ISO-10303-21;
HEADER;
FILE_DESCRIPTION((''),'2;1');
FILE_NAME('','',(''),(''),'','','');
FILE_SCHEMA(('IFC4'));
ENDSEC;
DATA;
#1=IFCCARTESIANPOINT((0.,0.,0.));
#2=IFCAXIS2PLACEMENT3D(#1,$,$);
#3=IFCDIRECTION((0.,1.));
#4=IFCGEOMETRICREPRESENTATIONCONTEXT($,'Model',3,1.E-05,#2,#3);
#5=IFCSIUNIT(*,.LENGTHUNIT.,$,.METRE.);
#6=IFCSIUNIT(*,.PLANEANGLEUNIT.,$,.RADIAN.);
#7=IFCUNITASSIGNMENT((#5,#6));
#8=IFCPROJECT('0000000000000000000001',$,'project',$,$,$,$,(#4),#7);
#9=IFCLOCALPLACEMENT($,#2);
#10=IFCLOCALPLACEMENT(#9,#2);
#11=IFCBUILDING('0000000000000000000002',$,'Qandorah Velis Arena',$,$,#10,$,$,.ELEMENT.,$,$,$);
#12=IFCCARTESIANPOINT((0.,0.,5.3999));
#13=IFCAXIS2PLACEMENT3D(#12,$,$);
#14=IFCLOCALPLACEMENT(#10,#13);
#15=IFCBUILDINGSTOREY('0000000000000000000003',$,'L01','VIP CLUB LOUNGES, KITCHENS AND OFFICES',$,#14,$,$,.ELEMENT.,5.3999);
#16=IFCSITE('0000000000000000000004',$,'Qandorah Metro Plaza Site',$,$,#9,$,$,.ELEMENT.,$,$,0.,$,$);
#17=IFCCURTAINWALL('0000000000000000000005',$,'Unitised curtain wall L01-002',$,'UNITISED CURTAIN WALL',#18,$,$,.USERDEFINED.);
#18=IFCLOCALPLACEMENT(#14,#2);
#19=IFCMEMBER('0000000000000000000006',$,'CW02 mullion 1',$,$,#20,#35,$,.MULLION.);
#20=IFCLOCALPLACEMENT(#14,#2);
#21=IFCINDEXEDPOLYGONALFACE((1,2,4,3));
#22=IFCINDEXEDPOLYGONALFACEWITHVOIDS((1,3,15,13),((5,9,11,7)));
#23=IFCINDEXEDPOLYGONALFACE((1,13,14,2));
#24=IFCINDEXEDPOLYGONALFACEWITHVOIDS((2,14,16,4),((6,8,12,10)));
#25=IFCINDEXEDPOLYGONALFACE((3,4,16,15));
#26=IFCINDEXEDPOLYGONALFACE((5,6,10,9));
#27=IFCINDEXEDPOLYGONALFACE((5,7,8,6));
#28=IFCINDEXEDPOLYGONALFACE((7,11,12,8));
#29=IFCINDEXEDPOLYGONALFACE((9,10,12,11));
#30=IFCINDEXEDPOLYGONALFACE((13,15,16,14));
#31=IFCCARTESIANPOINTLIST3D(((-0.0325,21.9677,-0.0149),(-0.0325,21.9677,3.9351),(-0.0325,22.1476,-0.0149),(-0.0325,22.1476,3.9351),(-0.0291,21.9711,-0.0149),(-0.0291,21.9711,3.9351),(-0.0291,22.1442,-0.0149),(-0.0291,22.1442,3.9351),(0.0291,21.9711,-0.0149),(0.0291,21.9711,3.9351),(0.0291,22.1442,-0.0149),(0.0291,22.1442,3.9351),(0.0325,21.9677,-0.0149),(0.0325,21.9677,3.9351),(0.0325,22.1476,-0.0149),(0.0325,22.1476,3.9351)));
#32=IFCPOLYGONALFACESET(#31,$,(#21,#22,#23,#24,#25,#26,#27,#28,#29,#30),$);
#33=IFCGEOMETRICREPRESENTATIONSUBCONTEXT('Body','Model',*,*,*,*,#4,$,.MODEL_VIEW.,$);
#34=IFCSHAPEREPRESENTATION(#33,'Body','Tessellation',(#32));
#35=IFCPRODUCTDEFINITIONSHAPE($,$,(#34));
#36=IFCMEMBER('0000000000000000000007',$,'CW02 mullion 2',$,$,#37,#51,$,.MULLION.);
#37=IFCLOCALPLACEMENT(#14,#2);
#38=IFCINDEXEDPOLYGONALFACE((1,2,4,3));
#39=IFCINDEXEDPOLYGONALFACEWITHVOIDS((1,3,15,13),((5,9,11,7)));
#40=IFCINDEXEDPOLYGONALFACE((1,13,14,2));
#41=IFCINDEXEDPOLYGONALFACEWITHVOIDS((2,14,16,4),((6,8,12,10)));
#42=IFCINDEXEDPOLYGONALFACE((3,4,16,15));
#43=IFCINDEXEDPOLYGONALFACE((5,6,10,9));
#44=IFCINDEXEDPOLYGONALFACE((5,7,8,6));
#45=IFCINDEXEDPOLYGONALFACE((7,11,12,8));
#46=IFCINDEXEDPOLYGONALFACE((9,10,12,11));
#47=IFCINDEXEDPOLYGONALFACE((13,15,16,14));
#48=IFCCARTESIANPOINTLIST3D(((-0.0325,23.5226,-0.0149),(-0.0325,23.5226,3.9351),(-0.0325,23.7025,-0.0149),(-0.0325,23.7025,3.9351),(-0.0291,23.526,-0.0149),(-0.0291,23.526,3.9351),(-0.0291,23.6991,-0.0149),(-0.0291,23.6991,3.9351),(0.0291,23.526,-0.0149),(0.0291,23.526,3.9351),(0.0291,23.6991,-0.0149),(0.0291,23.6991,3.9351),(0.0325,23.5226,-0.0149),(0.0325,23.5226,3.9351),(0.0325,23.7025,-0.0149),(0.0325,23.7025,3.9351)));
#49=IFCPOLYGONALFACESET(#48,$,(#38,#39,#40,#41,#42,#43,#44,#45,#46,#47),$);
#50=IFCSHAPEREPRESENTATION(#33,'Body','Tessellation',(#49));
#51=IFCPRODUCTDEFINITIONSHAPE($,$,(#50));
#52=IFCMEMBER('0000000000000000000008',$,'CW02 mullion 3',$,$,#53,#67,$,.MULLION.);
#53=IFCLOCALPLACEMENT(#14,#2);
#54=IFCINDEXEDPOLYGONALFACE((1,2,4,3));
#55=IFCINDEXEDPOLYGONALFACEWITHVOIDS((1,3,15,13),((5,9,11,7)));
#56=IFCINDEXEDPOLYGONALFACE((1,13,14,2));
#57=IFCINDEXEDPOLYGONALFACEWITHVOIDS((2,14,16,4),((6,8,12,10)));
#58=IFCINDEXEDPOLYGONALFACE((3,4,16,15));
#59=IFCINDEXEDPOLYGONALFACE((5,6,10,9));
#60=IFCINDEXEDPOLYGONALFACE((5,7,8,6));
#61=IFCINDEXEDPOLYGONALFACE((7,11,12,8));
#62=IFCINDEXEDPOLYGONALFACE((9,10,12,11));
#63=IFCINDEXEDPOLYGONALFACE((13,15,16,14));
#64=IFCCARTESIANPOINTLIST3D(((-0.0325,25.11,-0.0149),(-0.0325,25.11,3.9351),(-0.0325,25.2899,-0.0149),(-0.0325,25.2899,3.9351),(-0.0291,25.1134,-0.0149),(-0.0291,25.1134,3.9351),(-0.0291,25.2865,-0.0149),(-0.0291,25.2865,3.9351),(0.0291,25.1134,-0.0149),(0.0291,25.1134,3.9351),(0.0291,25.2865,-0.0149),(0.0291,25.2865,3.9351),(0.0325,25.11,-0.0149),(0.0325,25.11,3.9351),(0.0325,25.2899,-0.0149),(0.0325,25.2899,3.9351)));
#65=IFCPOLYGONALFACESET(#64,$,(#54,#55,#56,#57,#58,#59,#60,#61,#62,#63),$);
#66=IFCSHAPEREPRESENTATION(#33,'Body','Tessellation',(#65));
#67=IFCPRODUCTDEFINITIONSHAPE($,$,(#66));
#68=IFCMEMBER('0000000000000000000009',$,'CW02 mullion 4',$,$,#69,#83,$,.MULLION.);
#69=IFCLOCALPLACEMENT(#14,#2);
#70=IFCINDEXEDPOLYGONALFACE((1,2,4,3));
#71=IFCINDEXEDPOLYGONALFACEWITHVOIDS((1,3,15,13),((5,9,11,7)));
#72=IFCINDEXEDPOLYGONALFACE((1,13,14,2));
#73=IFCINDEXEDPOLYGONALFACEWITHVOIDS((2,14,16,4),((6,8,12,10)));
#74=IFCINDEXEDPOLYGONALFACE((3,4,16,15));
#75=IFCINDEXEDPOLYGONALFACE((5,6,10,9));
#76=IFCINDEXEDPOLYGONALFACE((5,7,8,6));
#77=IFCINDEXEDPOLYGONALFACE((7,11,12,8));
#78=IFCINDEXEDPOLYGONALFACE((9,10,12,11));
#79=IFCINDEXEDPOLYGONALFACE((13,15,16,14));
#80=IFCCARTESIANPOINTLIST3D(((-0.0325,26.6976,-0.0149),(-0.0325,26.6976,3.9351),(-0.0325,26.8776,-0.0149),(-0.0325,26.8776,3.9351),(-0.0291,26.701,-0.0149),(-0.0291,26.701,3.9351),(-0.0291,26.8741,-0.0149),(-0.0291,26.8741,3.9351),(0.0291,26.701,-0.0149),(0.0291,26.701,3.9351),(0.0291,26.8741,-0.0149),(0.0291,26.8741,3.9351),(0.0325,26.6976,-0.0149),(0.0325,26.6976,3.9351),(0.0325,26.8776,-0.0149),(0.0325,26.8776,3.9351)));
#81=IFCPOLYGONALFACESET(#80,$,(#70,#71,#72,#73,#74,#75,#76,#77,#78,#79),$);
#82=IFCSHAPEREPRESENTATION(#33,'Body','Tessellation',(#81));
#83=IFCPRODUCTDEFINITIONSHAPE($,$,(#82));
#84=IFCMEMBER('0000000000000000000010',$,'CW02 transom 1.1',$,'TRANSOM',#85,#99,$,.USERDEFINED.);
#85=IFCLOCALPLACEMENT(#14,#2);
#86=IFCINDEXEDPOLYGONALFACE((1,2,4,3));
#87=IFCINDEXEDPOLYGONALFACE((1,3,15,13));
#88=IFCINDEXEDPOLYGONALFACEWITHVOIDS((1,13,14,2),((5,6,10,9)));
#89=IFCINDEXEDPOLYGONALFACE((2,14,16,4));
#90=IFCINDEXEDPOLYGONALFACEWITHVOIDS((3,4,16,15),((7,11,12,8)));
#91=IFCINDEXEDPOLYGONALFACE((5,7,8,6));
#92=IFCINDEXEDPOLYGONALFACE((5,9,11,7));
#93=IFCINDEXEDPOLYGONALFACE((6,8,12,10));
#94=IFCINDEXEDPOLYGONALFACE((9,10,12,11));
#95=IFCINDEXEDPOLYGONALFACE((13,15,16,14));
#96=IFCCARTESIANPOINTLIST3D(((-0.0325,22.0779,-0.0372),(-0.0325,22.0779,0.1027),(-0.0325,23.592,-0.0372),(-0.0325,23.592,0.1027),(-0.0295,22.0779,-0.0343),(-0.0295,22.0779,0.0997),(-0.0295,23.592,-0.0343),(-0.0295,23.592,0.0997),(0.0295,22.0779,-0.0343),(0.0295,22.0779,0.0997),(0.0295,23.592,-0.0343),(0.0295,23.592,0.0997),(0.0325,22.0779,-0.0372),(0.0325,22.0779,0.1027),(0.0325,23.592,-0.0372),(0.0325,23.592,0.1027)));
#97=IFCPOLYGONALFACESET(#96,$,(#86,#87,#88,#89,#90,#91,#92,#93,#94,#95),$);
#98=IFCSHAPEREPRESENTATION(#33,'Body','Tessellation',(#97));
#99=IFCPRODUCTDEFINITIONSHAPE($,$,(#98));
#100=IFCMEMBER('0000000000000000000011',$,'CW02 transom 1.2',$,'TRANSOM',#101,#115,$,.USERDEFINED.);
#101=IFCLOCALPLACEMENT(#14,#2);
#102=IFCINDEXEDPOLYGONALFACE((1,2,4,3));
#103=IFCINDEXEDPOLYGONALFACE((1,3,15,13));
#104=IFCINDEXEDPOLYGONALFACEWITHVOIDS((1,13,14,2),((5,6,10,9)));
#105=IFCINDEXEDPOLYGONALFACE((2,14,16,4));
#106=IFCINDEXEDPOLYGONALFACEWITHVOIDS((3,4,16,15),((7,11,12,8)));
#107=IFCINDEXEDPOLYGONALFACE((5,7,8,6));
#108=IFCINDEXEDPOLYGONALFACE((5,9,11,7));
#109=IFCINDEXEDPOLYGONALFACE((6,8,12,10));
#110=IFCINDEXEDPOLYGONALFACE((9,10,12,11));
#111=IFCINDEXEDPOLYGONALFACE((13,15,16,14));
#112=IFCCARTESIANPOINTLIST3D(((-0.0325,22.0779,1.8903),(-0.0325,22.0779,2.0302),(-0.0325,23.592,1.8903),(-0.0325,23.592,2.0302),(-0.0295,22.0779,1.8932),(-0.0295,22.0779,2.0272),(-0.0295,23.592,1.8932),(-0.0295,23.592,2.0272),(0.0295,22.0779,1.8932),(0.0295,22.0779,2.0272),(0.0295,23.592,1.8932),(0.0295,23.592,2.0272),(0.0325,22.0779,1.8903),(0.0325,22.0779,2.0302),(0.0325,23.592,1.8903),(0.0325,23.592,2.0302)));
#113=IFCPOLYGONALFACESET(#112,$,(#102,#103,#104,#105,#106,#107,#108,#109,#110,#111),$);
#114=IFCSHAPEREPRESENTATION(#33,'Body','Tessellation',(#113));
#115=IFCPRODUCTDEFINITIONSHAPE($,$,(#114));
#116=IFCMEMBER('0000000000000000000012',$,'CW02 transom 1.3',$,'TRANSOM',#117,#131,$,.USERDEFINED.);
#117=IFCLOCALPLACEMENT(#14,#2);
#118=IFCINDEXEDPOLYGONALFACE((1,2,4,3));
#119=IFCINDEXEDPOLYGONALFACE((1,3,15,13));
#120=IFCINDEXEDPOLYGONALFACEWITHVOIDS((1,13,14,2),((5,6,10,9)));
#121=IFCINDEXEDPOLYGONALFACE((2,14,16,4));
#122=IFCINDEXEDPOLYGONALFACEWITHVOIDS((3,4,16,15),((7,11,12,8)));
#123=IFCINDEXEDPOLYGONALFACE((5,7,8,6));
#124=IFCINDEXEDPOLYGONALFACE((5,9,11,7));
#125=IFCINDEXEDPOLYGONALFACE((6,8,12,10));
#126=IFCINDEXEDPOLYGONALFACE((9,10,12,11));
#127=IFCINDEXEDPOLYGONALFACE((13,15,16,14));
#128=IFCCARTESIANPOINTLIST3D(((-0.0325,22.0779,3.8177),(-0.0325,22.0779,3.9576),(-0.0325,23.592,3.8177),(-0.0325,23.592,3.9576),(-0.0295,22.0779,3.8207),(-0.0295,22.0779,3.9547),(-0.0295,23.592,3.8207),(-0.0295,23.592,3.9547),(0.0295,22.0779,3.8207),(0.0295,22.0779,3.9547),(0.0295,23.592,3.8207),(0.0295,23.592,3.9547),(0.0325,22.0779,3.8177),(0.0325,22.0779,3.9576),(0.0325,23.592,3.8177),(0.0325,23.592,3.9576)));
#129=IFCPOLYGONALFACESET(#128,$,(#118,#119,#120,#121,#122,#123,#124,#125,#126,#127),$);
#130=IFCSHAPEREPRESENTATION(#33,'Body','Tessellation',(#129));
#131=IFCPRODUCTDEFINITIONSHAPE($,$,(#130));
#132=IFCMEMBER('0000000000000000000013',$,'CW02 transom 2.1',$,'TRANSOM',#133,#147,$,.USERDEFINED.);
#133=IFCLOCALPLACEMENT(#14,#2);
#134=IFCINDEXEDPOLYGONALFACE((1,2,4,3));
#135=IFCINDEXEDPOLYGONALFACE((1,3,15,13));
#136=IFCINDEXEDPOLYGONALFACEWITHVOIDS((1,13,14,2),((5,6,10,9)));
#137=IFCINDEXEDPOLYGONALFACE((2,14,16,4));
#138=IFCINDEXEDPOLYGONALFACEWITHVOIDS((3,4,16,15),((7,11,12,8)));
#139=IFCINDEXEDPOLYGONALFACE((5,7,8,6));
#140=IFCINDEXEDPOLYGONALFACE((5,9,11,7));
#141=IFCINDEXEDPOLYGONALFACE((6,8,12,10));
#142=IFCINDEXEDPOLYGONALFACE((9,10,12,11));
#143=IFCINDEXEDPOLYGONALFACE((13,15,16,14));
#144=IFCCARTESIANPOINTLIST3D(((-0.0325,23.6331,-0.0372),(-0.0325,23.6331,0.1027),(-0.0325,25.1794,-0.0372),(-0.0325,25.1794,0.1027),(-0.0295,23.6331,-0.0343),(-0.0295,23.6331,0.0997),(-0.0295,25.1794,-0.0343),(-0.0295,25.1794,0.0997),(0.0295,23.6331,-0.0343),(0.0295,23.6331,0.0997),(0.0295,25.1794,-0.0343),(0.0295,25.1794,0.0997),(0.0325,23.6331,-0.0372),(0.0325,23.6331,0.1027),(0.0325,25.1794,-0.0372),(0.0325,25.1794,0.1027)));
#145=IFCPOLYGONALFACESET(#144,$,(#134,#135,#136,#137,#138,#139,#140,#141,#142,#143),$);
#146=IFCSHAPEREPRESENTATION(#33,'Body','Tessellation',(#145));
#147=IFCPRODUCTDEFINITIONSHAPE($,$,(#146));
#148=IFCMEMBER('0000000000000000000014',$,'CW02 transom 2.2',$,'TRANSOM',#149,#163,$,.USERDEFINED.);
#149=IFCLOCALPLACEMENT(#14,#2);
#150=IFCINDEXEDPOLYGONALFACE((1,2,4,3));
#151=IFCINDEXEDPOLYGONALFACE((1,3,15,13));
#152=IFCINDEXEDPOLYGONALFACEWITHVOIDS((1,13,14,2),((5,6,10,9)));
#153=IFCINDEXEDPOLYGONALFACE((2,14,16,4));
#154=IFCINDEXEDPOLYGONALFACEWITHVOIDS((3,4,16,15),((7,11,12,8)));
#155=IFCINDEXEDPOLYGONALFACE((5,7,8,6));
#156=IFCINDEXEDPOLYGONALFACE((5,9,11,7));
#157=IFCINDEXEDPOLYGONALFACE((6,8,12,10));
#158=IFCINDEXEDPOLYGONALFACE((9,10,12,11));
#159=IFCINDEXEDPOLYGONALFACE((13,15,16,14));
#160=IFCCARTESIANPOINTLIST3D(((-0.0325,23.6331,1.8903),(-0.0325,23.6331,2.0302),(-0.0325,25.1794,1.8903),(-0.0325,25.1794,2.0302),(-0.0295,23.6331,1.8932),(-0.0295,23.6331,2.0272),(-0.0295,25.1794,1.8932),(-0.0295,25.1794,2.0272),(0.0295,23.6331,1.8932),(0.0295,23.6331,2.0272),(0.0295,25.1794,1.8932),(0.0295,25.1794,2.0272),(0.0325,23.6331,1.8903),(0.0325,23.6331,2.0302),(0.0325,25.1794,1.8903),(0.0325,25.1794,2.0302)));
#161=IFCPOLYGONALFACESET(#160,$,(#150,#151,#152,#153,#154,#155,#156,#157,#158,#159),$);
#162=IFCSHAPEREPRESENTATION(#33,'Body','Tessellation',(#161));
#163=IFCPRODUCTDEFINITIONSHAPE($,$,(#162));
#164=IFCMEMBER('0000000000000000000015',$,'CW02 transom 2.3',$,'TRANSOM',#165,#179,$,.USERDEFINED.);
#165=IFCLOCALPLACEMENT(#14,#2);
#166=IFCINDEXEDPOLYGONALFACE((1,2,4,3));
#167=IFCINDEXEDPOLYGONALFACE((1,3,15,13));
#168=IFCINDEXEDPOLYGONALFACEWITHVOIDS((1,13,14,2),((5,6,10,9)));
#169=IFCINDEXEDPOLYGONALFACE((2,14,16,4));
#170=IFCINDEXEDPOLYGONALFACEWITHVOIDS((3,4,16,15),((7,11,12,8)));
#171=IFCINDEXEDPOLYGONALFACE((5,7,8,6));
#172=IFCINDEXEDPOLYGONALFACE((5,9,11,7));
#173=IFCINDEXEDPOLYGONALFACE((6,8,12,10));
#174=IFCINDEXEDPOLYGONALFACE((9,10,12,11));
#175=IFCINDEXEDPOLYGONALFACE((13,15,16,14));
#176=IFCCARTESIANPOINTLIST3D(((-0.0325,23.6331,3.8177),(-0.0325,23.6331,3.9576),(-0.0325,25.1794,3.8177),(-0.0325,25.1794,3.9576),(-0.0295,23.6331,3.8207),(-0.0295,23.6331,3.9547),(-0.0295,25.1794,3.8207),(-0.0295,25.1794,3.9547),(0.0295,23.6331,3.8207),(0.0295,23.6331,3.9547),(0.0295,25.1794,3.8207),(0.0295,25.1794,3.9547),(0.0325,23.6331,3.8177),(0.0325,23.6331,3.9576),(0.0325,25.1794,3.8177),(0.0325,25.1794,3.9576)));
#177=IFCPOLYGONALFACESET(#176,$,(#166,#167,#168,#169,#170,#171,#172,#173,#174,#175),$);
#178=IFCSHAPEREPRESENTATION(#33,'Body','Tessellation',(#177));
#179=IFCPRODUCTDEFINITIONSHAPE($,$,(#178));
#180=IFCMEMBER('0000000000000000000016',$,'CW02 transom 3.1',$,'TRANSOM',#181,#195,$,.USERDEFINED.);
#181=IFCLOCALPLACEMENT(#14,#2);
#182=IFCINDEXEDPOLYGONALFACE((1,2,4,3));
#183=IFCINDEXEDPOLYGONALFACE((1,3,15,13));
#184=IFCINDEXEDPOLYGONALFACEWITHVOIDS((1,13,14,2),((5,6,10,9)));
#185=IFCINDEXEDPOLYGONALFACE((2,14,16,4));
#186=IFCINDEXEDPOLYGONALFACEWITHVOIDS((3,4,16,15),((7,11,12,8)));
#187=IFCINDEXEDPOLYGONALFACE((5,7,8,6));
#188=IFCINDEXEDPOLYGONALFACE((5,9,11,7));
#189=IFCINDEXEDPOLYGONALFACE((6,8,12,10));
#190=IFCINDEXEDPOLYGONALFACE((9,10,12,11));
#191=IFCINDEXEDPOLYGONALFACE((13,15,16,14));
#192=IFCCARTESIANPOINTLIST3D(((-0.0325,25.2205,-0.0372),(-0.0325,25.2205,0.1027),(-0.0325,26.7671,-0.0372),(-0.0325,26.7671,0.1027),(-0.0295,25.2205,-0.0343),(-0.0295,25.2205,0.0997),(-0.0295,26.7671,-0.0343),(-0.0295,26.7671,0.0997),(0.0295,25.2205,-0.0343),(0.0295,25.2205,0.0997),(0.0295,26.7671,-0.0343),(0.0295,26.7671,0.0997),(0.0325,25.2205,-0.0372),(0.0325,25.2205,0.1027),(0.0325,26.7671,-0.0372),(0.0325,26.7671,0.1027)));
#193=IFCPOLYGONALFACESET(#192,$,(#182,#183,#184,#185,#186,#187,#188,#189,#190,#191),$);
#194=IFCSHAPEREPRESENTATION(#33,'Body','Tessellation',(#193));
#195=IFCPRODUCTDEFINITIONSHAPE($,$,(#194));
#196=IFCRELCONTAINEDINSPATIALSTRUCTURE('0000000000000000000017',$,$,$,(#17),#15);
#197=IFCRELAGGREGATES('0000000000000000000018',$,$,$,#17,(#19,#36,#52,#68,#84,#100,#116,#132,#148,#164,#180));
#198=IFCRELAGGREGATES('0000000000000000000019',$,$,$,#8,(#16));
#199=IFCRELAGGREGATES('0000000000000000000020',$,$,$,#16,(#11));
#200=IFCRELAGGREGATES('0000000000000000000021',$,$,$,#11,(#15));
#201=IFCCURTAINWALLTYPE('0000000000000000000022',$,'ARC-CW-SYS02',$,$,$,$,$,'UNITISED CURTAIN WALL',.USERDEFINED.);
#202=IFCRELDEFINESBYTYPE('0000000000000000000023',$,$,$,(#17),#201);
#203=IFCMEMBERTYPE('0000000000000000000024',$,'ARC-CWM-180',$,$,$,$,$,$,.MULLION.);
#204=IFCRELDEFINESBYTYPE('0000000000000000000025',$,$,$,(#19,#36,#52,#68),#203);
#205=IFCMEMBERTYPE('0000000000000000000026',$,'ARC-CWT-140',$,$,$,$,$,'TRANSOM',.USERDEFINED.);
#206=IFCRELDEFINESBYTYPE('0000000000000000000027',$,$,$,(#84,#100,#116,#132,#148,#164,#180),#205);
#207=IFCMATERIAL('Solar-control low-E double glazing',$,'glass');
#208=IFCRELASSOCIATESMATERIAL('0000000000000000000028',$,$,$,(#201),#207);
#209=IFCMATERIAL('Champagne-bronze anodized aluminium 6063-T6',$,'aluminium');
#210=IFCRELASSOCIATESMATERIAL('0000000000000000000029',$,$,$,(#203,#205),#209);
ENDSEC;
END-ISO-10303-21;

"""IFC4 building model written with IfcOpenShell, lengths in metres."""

from ifc_helpers import new_model, si_unit, direction, frame, origin, origin_2d, place, context, subcontext, project, spatial, hollow_rectangle, extrude, material, material_profile, profile_set, type_object, element, aggregate, save


model = new_model("IFC4")

# Units and contexts
model_context = context("Model", 3, precision=1e-05, world=origin(), true_north=direction((0.0, 1.0)))
body_context = subcontext(model_context, "Body", "Model", "MODEL_VIEW")
ifc_project = project(units=[si_unit("LENGTHUNIT", "METRE"), si_unit("PLANEANGLEUNIT", "RADIAN")], contexts=[model_context])

# Site, building, storey
site_placement = place(None, origin())
site = spatial("IfcSite", under=ifc_project, at=site_placement, Name="Qandorah Metro Plaza Site", CompositionType="ELEMENT", RefElevation=0.0)
building_placement = place(site_placement, origin())
building = spatial("IfcBuilding", under=site, at=building_placement, Name="Qandorah Velis Arena", CompositionType="ELEMENT")
storey_placement = place(building_placement, frame((0.0, 0.0, 5.3999)))
storey = spatial("IfcBuildingStorey", under=building, at=storey_placement, Name="L01", Description="VIP CLUB LOUNGES, KITCHENS AND OFFICES", CompositionType="ELEMENT", Elevation=5.3999)

# Curtain wall, members
ifc_material_1 = material(Name="Solar-control low-E double glazing", Category="glass")
curtain_wall_type = type_object("IfcCurtainWallType", Name="ARC-CW-SYS02", ElementType="UNITISED CURTAIN WALL", PredefinedType="USERDEFINED", material=ifc_material_1)
curtain_wall_placement = place(storey_placement, origin())
curtain_wall = element("IfcCurtainWall", 1, at=curtain_wall_placement, inside=storey, type_object=curtain_wall_type, Name="Unitised curtain wall L01-002", ObjectType="UNITISED CURTAIN WALL", PredefinedType="USERDEFINED")
ifc_material_2 = material(Name="Champagne-bronze anodized aluminium 6063-T6", Category="aluminium")
ifc_material_profile_1 = material_profile(ifc_material_2, hollow_rectangle(XDim=0.0649, YDim=0.1799, WallThickness=0.0034, at=origin_2d()), Name="ALU MULLION 65x180")
ifc_profile_set_1 = profile_set([ifc_material_profile_1], Name="Champagne-bronze anodized aluminium 6063-T6")
member_type_1 = type_object("IfcMemberType", Name="ARC-CWM-180", PredefinedType="MULLION", material=ifc_profile_set_1)
member_1_placement = place(storey_placement, frame((0.0, 22.0576, -0.0149), z_axis=(0.0, 0.0, 1.0), x_axis=(-1.0, 0.0, 0.0)))
member_1 = element("IfcMember", 2, at=member_1_placement, type_object=member_type_1, Name="CW02 mullion 1", PredefinedType="MULLION", context=body_context, shape_type="SweptSolid", body=[
    extrude(hollow_rectangle(XDim=0.0649, YDim=0.1799, WallThickness=0.0034, at=origin_2d()), origin(), (0.0, 0.0, 1.0), 3.95),
])
member_2_placement = place(storey_placement, frame((0.0, 23.6125, -0.0149), z_axis=(0.0, 0.0, 1.0), x_axis=(-1.0, 0.0, 0.0)))
member_2 = element("IfcMember", 3, at=member_2_placement, type_object=member_type_1, Name="CW02 mullion 2", PredefinedType="MULLION", context=body_context, shape_type="SweptSolid", body=[
    extrude(hollow_rectangle(XDim=0.0649, YDim=0.1799, WallThickness=0.0034, at=origin_2d()), origin(), (0.0, 0.0, 1.0), 3.95),
])
member_3_placement = place(storey_placement, frame((0.0, 25.2, -0.0149), z_axis=(0.0, 0.0, 1.0), x_axis=(-1.0, 0.0, 0.0)))
member_3 = element("IfcMember", 4, at=member_3_placement, type_object=member_type_1, Name="CW02 mullion 3", PredefinedType="MULLION", context=body_context, shape_type="SweptSolid", body=[
    extrude(hollow_rectangle(XDim=0.0649, YDim=0.1799, WallThickness=0.0034, at=origin_2d()), origin(), (0.0, 0.0, 1.0), 3.95),
])
member_4_placement = place(storey_placement, frame((0.0, 26.7876, -0.0149), z_axis=(0.0, 0.0, 1.0), x_axis=(-1.0, 0.0, 0.0)))
member_4 = element("IfcMember", 5, at=member_4_placement, type_object=member_type_1, Name="CW02 mullion 4", PredefinedType="MULLION", context=body_context, shape_type="SweptSolid", body=[
    extrude(hollow_rectangle(XDim=0.0649, YDim=0.1799, WallThickness=0.0034, at=origin_2d()), origin(), (0.0, 0.0, 1.0), 3.95),
])
ifc_material_profile_2 = material_profile(ifc_material_2, hollow_rectangle(XDim=0.0649, YDim=0.1399, WallThickness=0.0029, at=origin_2d()), Name="ALU TRANSOM 65x140")
ifc_profile_set_2 = profile_set([ifc_material_profile_2], Name="Champagne-bronze anodized aluminium 6063-T6")
member_type_2 = type_object("IfcMemberType", Name="ARC-CWT-140", ElementType="TRANSOM", PredefinedType="USERDEFINED", material=ifc_profile_set_2)
member_5_placement = place(storey_placement, frame((0.0, 22.0779, 0.0327), z_axis=(0.0, 1.0, 0.0), x_axis=(-1.0, 0.0, 0.0)))
member_5 = element("IfcMember", 6, at=member_5_placement, type_object=member_type_2, Name="CW02 transom 1.1", ObjectType="TRANSOM", PredefinedType="USERDEFINED", context=body_context, shape_type="SweptSolid", body=[
    extrude(hollow_rectangle(XDim=0.0649, YDim=0.1399, WallThickness=0.0029, at=origin_2d()), origin(), (0.0, 0.0, 1.0), 1.5142),
])
member_6_placement = place(storey_placement, frame((0.0, 22.0779, 1.9602), z_axis=(0.0, 1.0, 0.0), x_axis=(-1.0, 0.0, 0.0)))
member_6 = element("IfcMember", 7, at=member_6_placement, type_object=member_type_2, Name="CW02 transom 1.2", ObjectType="TRANSOM", PredefinedType="USERDEFINED", context=body_context, shape_type="SweptSolid", body=[
    extrude(hollow_rectangle(XDim=0.0649, YDim=0.1399, WallThickness=0.0029, at=origin_2d()), origin(), (0.0, 0.0, 1.0), 1.5142),
])
member_7_placement = place(storey_placement, frame((0.0, 22.0779, 3.8877), z_axis=(0.0, 1.0, 0.0), x_axis=(-1.0, 0.0, 0.0)))
member_7 = element("IfcMember", 8, at=member_7_placement, type_object=member_type_2, Name="CW02 transom 1.3", ObjectType="TRANSOM", PredefinedType="USERDEFINED", context=body_context, shape_type="SweptSolid", body=[
    extrude(hollow_rectangle(XDim=0.0649, YDim=0.1399, WallThickness=0.0029, at=origin_2d()), origin(), (0.0, 0.0, 1.0), 1.5142),
])
member_8_placement = place(storey_placement, frame((0.0, 23.6331, 0.0327), z_axis=(0.0, 1.0, 0.0), x_axis=(-1.0, 0.0, 0.0)))
member_8 = element("IfcMember", 9, at=member_8_placement, type_object=member_type_2, Name="CW02 transom 2.1", ObjectType="TRANSOM", PredefinedType="USERDEFINED", context=body_context, shape_type="SweptSolid", body=[
    extrude(hollow_rectangle(XDim=0.0649, YDim=0.1399, WallThickness=0.0029, at=origin_2d()), origin(), (0.0, 0.0, 1.0), 1.5464),
])
member_9_placement = place(storey_placement, frame((0.0, 23.6331, 1.9602), z_axis=(0.0, 1.0, 0.0), x_axis=(-1.0, 0.0, 0.0)))
member_9 = element("IfcMember", 10, at=member_9_placement, type_object=member_type_2, Name="CW02 transom 2.2", ObjectType="TRANSOM", PredefinedType="USERDEFINED", context=body_context, shape_type="SweptSolid", body=[
    extrude(hollow_rectangle(XDim=0.0649, YDim=0.1399, WallThickness=0.0029, at=origin_2d()), origin(), (0.0, 0.0, 1.0), 1.5464),
])
member_10_placement = place(storey_placement, frame((0.0, 23.6331, 3.8877), z_axis=(0.0, 1.0, 0.0), x_axis=(-1.0, 0.0, 0.0)))
member_10 = element("IfcMember", 11, at=member_10_placement, type_object=member_type_2, Name="CW02 transom 2.3", ObjectType="TRANSOM", PredefinedType="USERDEFINED", context=body_context, shape_type="SweptSolid", body=[
    extrude(hollow_rectangle(XDim=0.0649, YDim=0.1399, WallThickness=0.0029, at=origin_2d()), origin(), (0.0, 0.0, 1.0), 1.5464),
])
member_11_placement = place(storey_placement, frame((0.0, 25.2205, 0.0327), z_axis=(0.0, 1.0, 0.0), x_axis=(-1.0, 0.0, 0.0)))
member_11 = element("IfcMember", 12, at=member_11_placement, type_object=member_type_2, Name="CW02 transom 3.1", ObjectType="TRANSOM", PredefinedType="USERDEFINED", context=body_context, shape_type="SweptSolid", body=[
    extrude(hollow_rectangle(XDim=0.0649, YDim=0.1399, WallThickness=0.0029, at=origin_2d()), origin(), (0.0, 0.0, 1.0), 1.5466),
])

aggregate(curtain_wall, [member_1, member_2, member_3, member_4, member_5, member_6, member_7, member_8, member_9, member_10, member_11])

save(model, "model.ifc")
